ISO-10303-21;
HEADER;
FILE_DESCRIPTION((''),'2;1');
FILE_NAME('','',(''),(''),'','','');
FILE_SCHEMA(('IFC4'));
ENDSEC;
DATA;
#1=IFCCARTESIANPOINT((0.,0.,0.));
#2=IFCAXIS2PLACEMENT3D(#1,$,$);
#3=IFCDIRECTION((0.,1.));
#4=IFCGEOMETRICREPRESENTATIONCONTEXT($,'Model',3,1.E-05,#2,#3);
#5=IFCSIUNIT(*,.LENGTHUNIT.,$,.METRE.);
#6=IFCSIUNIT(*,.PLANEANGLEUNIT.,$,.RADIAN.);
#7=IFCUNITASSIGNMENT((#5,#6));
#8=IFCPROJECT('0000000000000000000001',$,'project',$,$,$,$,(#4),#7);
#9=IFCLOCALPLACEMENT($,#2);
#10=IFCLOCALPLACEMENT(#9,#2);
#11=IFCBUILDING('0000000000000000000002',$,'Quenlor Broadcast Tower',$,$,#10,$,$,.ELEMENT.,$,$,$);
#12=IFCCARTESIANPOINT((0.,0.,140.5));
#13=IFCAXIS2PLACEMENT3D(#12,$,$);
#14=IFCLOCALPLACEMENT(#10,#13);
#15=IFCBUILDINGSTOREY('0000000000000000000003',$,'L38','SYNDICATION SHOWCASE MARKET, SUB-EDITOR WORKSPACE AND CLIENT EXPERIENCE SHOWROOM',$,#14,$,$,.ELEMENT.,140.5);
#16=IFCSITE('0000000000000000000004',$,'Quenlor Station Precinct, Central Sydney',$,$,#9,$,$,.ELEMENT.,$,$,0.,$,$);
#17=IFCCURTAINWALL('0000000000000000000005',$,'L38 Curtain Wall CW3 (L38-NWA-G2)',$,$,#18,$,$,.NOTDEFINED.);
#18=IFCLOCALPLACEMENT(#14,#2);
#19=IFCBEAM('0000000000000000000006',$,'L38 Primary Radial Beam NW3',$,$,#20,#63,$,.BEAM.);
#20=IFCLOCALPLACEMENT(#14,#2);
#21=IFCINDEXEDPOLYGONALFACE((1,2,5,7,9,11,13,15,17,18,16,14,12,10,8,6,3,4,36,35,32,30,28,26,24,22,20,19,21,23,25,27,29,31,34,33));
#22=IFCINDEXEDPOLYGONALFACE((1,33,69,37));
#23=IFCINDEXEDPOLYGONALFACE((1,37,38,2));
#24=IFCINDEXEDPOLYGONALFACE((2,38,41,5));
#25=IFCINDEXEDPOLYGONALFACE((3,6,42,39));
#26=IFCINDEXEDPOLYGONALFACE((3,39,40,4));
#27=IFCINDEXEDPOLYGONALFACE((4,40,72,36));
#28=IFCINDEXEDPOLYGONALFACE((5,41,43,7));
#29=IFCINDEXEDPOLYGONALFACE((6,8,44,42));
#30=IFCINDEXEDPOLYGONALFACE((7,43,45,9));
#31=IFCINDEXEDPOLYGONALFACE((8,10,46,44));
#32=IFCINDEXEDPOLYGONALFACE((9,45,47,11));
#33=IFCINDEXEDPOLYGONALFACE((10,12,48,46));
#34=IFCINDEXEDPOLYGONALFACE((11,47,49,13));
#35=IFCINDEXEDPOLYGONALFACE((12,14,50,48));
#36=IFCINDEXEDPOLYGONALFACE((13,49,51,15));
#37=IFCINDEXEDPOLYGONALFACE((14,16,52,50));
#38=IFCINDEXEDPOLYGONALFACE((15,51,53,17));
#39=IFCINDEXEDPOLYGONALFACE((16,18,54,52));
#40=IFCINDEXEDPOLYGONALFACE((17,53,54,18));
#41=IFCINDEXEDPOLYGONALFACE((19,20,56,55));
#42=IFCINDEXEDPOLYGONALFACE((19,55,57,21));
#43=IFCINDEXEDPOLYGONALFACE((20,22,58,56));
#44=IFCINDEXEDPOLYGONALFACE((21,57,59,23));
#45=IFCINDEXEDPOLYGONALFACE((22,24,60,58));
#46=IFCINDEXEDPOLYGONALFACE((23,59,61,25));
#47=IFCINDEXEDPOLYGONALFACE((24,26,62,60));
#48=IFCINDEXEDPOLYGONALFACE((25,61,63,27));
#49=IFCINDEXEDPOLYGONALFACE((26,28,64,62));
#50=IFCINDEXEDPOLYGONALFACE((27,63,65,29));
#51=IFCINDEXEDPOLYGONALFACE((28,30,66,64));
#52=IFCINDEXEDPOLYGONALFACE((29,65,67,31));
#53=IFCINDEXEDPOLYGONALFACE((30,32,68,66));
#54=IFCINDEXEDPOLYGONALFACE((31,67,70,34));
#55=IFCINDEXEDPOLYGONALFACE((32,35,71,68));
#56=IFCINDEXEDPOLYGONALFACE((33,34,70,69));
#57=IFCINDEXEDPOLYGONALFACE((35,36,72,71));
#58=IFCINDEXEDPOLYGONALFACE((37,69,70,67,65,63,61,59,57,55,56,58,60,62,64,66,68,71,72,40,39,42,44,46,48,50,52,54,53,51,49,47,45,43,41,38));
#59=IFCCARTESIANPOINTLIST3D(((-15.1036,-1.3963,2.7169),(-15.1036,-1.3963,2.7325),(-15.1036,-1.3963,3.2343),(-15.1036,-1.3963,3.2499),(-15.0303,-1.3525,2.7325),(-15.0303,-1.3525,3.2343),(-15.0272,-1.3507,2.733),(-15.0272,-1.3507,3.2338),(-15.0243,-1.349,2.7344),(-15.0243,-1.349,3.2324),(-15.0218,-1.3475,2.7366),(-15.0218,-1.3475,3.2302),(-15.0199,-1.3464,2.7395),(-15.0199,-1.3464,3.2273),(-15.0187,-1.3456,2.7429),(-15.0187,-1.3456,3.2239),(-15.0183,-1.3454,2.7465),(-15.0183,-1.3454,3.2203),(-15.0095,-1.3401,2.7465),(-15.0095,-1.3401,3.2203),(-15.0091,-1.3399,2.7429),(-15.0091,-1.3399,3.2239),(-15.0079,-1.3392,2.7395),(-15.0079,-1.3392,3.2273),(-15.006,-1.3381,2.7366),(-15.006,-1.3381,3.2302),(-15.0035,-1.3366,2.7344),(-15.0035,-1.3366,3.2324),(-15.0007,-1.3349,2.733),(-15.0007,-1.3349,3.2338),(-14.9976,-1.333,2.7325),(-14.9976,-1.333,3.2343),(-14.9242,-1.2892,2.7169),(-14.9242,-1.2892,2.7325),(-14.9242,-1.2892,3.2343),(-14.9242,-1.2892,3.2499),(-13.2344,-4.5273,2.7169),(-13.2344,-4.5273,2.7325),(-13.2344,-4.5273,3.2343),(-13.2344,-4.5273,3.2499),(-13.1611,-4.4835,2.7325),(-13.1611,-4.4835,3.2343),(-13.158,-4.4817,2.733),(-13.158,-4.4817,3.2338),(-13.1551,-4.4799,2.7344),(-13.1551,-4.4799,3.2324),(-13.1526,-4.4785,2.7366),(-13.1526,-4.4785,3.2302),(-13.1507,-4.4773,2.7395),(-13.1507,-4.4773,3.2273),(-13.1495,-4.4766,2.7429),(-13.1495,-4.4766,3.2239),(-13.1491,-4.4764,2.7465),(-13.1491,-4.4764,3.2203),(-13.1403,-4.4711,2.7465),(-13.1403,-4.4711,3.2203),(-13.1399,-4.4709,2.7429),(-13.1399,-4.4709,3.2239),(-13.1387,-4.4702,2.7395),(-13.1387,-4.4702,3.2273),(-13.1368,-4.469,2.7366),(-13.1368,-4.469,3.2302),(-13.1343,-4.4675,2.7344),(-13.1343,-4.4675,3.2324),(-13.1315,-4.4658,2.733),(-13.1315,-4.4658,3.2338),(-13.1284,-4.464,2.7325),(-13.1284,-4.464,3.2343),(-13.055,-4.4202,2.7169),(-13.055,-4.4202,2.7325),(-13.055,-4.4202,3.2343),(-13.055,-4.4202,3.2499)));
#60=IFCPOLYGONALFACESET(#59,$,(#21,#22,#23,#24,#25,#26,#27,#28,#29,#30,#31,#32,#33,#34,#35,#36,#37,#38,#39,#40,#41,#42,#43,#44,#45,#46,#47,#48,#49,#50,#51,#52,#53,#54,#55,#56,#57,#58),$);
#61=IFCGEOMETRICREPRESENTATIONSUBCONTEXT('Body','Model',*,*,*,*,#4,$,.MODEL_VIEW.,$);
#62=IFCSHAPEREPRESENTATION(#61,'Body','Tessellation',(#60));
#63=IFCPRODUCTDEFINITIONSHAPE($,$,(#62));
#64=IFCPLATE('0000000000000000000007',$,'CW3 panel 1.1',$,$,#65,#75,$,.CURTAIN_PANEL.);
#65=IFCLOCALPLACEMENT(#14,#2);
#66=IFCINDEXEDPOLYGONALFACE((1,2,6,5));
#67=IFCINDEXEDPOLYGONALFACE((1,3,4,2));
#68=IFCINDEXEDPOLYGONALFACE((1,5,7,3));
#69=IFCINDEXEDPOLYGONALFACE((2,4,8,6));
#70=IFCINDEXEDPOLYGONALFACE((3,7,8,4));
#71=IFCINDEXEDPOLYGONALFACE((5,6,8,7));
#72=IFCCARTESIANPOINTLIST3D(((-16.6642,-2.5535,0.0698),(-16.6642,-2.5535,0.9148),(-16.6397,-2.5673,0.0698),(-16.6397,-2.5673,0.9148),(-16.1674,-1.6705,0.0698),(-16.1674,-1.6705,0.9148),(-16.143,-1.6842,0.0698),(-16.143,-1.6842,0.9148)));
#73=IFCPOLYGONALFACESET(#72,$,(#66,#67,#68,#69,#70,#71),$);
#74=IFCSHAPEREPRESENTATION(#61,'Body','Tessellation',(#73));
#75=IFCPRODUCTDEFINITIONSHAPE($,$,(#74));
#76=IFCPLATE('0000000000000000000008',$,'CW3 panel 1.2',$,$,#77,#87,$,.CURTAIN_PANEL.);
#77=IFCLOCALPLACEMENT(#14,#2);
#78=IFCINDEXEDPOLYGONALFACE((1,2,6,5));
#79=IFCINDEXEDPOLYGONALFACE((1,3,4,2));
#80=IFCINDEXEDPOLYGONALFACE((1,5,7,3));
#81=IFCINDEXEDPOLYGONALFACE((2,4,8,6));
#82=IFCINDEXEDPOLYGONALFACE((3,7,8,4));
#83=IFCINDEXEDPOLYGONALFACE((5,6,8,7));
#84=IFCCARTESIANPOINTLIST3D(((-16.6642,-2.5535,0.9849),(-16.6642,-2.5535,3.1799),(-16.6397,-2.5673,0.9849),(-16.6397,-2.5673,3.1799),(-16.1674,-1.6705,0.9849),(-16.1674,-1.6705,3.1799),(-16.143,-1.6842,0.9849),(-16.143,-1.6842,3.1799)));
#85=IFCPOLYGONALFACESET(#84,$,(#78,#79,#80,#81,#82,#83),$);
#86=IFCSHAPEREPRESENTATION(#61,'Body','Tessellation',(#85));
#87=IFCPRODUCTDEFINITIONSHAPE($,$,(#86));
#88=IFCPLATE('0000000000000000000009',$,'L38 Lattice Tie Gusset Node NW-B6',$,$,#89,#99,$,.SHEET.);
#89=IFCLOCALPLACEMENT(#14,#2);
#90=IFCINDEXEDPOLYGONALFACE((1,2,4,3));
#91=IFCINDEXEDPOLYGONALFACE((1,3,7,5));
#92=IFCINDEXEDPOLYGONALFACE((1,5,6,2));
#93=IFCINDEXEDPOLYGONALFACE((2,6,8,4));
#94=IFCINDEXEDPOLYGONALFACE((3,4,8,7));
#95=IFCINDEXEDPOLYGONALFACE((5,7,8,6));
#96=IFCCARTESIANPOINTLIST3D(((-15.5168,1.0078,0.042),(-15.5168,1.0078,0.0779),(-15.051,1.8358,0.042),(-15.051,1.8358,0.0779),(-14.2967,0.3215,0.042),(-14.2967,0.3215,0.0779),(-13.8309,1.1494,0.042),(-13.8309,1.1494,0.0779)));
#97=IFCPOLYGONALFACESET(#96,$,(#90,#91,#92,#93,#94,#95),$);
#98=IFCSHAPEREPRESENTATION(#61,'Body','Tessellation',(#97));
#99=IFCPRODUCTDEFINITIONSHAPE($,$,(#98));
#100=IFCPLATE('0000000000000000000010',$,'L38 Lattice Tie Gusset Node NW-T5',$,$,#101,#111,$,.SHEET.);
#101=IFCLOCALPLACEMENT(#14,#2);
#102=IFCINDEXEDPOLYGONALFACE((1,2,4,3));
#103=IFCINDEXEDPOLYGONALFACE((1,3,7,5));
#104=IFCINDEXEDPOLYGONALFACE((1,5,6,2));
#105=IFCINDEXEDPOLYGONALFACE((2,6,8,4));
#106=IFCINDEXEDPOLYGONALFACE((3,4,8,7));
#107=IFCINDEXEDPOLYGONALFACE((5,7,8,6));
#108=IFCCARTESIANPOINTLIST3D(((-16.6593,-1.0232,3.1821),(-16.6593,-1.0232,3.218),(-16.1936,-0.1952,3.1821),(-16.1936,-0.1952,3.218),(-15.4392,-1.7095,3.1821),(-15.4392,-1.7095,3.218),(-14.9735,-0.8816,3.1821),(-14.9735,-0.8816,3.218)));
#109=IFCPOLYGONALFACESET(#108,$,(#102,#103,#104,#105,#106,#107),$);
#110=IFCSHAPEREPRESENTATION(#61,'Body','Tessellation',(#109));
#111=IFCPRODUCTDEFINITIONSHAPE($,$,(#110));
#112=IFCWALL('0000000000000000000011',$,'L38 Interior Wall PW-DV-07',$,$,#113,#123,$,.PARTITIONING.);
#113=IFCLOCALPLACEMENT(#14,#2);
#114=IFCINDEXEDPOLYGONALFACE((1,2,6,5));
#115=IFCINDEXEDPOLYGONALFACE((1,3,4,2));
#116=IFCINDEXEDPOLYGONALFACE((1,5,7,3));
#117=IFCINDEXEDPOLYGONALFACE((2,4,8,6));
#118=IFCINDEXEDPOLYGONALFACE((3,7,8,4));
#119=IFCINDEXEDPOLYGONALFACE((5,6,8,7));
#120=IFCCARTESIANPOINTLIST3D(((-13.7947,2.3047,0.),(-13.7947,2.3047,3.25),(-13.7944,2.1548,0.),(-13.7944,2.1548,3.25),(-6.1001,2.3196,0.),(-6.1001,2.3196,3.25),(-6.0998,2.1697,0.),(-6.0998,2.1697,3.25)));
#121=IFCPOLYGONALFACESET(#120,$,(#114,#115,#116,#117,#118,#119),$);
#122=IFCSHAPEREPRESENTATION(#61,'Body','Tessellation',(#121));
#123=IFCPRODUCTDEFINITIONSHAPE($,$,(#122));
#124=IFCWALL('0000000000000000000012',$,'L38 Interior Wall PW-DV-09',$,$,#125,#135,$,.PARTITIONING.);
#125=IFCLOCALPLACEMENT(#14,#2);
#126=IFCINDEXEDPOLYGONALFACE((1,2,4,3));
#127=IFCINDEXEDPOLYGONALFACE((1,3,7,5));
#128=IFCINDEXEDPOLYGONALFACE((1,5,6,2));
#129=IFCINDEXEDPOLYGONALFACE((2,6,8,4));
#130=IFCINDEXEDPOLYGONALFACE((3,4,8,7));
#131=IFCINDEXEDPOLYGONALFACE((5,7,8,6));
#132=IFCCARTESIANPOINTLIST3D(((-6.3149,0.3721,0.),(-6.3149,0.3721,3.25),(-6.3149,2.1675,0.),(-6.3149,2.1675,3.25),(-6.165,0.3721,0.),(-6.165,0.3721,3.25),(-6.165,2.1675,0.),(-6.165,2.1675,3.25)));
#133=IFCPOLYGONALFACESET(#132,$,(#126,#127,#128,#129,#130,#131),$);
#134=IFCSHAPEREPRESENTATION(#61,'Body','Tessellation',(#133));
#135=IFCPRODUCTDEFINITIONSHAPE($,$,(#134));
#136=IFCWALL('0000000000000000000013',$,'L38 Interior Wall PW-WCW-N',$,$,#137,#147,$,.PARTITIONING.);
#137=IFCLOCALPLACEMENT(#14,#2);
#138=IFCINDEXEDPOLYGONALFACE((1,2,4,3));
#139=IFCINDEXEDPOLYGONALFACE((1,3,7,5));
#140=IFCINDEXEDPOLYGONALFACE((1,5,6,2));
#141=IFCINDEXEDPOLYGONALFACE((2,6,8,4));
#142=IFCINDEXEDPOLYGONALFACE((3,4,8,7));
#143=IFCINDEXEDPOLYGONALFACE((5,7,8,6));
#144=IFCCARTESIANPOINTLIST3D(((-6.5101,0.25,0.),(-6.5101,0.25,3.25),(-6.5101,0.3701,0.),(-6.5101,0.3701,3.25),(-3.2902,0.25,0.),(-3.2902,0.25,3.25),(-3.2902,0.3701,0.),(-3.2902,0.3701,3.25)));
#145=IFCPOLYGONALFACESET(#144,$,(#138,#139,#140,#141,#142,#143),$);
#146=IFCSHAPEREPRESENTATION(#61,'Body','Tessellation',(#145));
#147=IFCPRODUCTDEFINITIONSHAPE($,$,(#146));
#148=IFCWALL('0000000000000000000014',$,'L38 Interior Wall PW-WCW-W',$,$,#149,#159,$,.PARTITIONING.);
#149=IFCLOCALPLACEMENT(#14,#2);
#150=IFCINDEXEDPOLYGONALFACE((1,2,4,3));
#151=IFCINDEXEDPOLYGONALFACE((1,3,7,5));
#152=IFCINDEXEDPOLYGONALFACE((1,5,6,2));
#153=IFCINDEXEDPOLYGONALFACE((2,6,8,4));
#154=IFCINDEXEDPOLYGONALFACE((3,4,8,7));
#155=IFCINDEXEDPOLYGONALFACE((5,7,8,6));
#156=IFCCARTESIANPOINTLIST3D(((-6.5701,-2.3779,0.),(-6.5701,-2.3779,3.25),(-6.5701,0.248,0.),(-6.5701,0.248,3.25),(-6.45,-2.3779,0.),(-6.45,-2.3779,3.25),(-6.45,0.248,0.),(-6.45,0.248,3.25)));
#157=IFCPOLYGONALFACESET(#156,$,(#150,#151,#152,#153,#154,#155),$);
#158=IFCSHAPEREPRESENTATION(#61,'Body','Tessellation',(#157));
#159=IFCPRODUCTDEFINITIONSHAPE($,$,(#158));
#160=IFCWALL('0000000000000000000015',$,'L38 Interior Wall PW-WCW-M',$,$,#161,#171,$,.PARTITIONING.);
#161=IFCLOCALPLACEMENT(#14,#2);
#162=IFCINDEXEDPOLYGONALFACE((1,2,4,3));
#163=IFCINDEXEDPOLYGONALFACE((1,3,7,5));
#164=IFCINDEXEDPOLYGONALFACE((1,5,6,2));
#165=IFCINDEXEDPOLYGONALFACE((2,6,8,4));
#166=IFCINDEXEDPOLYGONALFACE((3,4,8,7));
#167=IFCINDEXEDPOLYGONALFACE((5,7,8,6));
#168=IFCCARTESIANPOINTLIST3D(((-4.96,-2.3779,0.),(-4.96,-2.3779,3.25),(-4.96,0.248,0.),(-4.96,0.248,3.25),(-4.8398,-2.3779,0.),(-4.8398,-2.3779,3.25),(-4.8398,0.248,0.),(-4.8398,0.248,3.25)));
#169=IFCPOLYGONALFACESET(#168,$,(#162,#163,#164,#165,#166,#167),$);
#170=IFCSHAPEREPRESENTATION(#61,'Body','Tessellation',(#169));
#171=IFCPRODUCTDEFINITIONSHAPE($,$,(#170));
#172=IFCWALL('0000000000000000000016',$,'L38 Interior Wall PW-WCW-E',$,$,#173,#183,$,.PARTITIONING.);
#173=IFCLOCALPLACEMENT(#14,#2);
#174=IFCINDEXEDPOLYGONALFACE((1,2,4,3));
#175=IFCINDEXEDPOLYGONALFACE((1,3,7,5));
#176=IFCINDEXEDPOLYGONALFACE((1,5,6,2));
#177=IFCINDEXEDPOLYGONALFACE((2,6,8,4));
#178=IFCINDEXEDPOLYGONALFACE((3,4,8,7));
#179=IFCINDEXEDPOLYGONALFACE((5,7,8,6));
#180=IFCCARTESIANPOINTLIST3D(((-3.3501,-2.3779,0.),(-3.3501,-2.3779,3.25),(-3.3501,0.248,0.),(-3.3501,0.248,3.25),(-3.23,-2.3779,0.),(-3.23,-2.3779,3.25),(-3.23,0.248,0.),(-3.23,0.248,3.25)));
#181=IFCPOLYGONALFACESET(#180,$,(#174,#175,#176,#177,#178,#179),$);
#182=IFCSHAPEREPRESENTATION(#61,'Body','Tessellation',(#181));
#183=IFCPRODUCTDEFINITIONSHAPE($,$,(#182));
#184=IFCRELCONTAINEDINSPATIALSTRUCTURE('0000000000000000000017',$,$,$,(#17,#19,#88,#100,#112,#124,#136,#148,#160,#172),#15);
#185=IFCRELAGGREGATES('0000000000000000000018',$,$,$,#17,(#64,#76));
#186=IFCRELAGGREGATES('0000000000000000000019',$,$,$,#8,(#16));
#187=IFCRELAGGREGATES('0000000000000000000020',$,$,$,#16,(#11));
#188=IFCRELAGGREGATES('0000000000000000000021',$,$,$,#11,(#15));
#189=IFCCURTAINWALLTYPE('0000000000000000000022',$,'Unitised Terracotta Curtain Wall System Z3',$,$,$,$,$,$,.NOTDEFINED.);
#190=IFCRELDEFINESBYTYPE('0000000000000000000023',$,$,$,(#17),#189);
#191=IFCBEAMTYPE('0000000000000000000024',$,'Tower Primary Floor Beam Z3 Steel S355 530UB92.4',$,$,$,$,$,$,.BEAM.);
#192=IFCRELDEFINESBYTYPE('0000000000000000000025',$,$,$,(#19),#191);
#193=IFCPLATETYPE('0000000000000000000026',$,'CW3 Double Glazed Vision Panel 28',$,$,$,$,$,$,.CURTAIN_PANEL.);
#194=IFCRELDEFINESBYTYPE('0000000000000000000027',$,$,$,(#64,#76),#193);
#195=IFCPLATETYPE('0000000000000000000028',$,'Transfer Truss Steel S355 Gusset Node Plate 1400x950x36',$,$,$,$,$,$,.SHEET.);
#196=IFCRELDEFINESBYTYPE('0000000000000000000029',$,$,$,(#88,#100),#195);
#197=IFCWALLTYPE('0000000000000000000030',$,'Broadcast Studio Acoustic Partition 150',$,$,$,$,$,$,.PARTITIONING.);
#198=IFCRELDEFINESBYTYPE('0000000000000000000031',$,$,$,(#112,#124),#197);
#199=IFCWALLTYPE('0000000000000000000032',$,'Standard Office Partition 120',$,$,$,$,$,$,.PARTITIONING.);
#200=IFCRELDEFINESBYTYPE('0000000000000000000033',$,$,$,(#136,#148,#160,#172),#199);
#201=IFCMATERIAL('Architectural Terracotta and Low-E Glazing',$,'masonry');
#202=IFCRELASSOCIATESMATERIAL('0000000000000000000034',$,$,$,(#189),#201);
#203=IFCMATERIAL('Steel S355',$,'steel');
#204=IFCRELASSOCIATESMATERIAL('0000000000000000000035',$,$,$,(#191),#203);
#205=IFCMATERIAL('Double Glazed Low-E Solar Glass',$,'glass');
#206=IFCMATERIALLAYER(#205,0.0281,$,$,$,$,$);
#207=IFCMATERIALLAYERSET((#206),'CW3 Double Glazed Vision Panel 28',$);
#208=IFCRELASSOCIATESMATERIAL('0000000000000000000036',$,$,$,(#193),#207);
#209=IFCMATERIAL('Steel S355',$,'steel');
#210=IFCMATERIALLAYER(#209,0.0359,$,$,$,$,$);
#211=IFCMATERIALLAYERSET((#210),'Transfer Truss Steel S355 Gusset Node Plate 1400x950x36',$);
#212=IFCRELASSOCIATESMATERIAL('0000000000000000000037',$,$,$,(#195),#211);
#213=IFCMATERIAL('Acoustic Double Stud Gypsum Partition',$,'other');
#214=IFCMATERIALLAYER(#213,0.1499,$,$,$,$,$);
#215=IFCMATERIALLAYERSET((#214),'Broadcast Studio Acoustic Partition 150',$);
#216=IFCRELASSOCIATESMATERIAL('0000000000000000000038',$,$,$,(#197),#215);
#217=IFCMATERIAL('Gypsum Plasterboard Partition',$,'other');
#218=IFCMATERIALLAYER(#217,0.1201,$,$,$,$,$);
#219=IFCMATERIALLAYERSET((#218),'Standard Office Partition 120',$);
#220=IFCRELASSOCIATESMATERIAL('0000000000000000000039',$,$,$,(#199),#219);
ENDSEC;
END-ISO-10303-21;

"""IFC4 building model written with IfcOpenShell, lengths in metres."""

from ifc_helpers import new_model, si_unit, direction, frame, frame_2d, origin, origin_2d, place, context, subcontext, project, spatial, rectangle, i_section, extrude, material, layer, layer_set, material_profile, profile_set, type_object, element, aggregate, save


model = new_model("IFC4")

# Units and contexts
model_context = context("Model", 3, precision=1e-05, world=origin(), true_north=direction((0.0, 1.0)))
body_context = subcontext(model_context, "Body", "Model", "MODEL_VIEW")
ifc_project = project(units=[si_unit("LENGTHUNIT", "METRE"), si_unit("PLANEANGLEUNIT", "RADIAN")], contexts=[model_context])

# Site, building, storey
site_placement = place(None, origin())
site = spatial("IfcSite", under=ifc_project, at=site_placement, Name="Quenlor Station Precinct, Central Sydney", CompositionType="ELEMENT", RefElevation=0.0)
building_placement = place(site_placement, origin())
building = spatial("IfcBuilding", under=site, at=building_placement, Name="Quenlor Broadcast Tower", CompositionType="ELEMENT")
storey_placement = place(building_placement, frame((0.0, 0.0, 140.5)))
storey = spatial("IfcBuildingStorey", under=building, at=storey_placement, Name="L38", Description="SYNDICATION SHOWCASE MARKET, SUB-EDITOR WORKSPACE AND CLIENT EXPERIENCE SHOWROOM", CompositionType="ELEMENT", Elevation=140.5)

# Curtain wall
ifc_material_1 = material(Name="Architectural Terracotta and Low-E Glazing", Category="masonry")
curtain_wall_type = type_object("IfcCurtainWallType", Name="Unitised Terracotta Curtain Wall System Z3", PredefinedType="NOTDEFINED", material=ifc_material_1)
curtain_wall_placement = place(storey_placement, origin())
curtain_wall = element("IfcCurtainWall", 1, at=curtain_wall_placement, inside=storey, type_object=curtain_wall_type, Name="L38 Curtain Wall CW3 (L38-NWA-G2)", PredefinedType="NOTDEFINED")

# Beam
ifc_material_2 = material(Name="Steel S355", Category="steel")
ifc_material_profile_1 = material_profile(ifc_material_2, i_section(OverallWidth=0.209, OverallDepth=0.533, WebThickness=0.0103, FlangeThickness=0.0156, FilletRadius=0.0139, at=origin_2d()))
ifc_profile_set_1 = profile_set([ifc_material_profile_1], Name="Steel S355 530UB92.4")
beam_type_1 = type_object("IfcBeamType", Name="Tower Primary Floor Beam Z3 Steel S355 530UB92.4", PredefinedType="BEAM", material=ifc_profile_set_1)
beam_1_placement = place(storey_placement, frame((-15.0139, -1.3428, 2.9834), z_axis=(0.512604, -0.858625, 0.0), x_axis=(0.858625, 0.512604, 0.0)))
element("IfcBeam", 2, at=beam_1_placement, inside=storey, type_object=beam_type_1, Name="L38 Primary Radial Beam NW3", PredefinedType="BEAM", context=body_context, shape_type="SweptSolid", body=[
    extrude(i_section(OverallWidth=0.209, OverallDepth=0.533, WebThickness=0.0103, FlangeThickness=0.0156, FilletRadius=0.0139, at=origin_2d()), origin(), (0.0, 0.0, 1.0), 3.6465),
])

# Plates
ifc_material_3 = material(Name="Double Glazed Low-E Solar Glass", Category="glass")
ifc_layer_1 = layer(ifc_material_3, 0.0281)
ifc_layer_set_1 = layer_set([ifc_layer_1], Name="CW3 Double Glazed Vision Panel 28")
plate_type_1 = type_object("IfcPlateType", Name="CW3 Double Glazed Vision Panel 28", PredefinedType="CURTAIN_PANEL", material=ifc_layer_set_1)
plate_1_placement = place(storey_placement, frame((-16.4036, -2.1189, 0.0698), z_axis=(0.0, 0.0, 1.0), x_axis=(0.490253, 0.87158, 0.0)))
plate_1 = element("IfcPlate", 3, at=plate_1_placement, type_object=plate_type_1, Name="CW3 panel 1.1", PredefinedType="CURTAIN_PANEL", context=body_context, shape_type="SweptSolid", body=[
    extrude(rectangle(XDim=1.0132, YDim=0.0281, at=origin_2d()), origin(), (0.0, 0.0, 1.0), 0.845),
])
plate_2_placement = place(storey_placement, frame((-16.4036, -2.1189, 0.9849), z_axis=(0.0, 0.0, 1.0), x_axis=(0.490253, 0.87158, 0.0)))
plate_2 = element("IfcPlate", 4, at=plate_2_placement, type_object=plate_type_1, Name="CW3 panel 1.2", PredefinedType="CURTAIN_PANEL", context=body_context, shape_type="SweptSolid", body=[
    extrude(rectangle(XDim=1.0132, YDim=0.0281, at=origin_2d()), origin(), (0.0, 0.0, 1.0), 2.1951),
])
aggregate(curtain_wall, [plate_1, plate_2])

# Plates
ifc_material_4 = material(Name="Steel S355", Category="steel")
ifc_layer_2 = layer(ifc_material_4, 0.0359)
ifc_layer_set_2 = layer_set([ifc_layer_2], Name="Transfer Truss Steel S355 Gusset Node Plate 1400x950x36")
plate_type_2 = type_object("IfcPlateType", Name="Transfer Truss Steel S355 Gusset Node Plate 1400x950x36", PredefinedType="SHEET", material=ifc_layer_set_2)
for number, where, z_axis, x_axis, name in (
    (5, (-14.6738, 1.0786, 0.042), (0.0, 0.0, 1.0), (-0.871556, 0.490295, 0.0), "L38 Lattice Tie Gusset Node NW-B6"),
    (6, (-15.8164, -0.9524, 3.1821), (0.0, 0.0, 1.0), (-0.871556, 0.490295, 0.0), "L38 Lattice Tie Gusset Node NW-T5"),
):
    element("IfcPlate", number, at=place(storey_placement, frame(where, z_axis=z_axis, x_axis=x_axis)), inside=storey, type_object=plate_type_2, Name=name, PredefinedType="SHEET", context=body_context, shape_type="SweptSolid", body=[
        extrude(rectangle(XDim=1.3999, YDim=0.95, at=origin_2d()), origin(), (0.0, 0.0, 1.0), 0.0359),
    ])

# Walls
ifc_material_5 = material(Name="Acoustic Double Stud Gypsum Partition", Category="other")
ifc_layer_3 = layer(ifc_material_5, 0.1499)
ifc_layer_set_3 = layer_set([ifc_layer_3], Name="Broadcast Studio Acoustic Partition 150")
wall_type_1 = type_object("IfcWallType", Name="Broadcast Studio Acoustic Partition 150", PredefinedType="PARTITIONING", material=ifc_layer_set_3)
wall_1_placement = place(storey_placement, frame((-6.1001, 2.2446, 0.0), z_axis=(0.0, 0.0, 1.0), x_axis=(-0.999998, -0.001935, 0.0)))
element("IfcWall", 7, at=wall_1_placement, inside=storey, type_object=wall_type_1, Name="L38 Interior Wall PW-DV-07", PredefinedType="PARTITIONING", context=body_context, shape_type="SweptSolid", body=[
    extrude(rectangle(XDim=7.6946, YDim=0.1499, at=frame_2d((3.8472, 0.0))), origin(), (0.0, 0.0, 1.0), 3.25),
])
wall_2_placement = place(storey_placement, frame((-6.24, 0.3721, 0.0), z_axis=(0.0, 0.0, 1.0), x_axis=(0.0, 1.0, 0.0)))
element("IfcWall", 8, at=wall_2_placement, inside=storey, type_object=wall_type_1, Name="L38 Interior Wall PW-DV-09", PredefinedType="PARTITIONING", context=body_context, shape_type="SweptSolid", body=[
    extrude(rectangle(XDim=1.7954, YDim=0.1499, at=frame_2d((0.8977, 0.0))), origin(), (0.0, 0.0, 1.0), 3.25),
])

# Shared definitions
ifc_material_6 = material(Name="Gypsum Plasterboard Partition", Category="other")
ifc_layer_4 = layer(ifc_material_6, 0.1201)
ifc_layer_set_4 = layer_set([ifc_layer_4], Name="Standard Office Partition 120")
wall_type_2 = type_object("IfcWallType", Name="Standard Office Partition 120", PredefinedType="PARTITIONING", material=ifc_layer_set_4)

# Walls
wall_3_placement = place(storey_placement, frame((-6.51, 0.3101, 0.0), z_axis=(0.0, 0.0, 1.0), x_axis=(1.0, 0.0, 0.0)))
element("IfcWall", 9, at=wall_3_placement, inside=storey, type_object=wall_type_2, Name="L38 Interior Wall PW-WCW-N", PredefinedType="PARTITIONING", context=body_context, shape_type="SweptSolid", body=[
    extrude(rectangle(XDim=3.22, YDim=0.1201, at=frame_2d((1.6099, 0.0))), origin(), (0.0, 0.0, 1.0), 3.25),
])
for number, where, z_axis, x_axis, name in (
    (10, (-6.51, -2.3779, 0.0), (0.0, 0.0, 1.0), (0.0, 1.0, 0.0), "L38 Interior Wall PW-WCW-W"),
    (11, (-4.8999, -2.3779, 0.0), (0.0, 0.0, 1.0), (0.0, 1.0, 0.0), "L38 Interior Wall PW-WCW-M"),
    (12, (-3.29, -2.3779, 0.0), (0.0, 0.0, 1.0), (0.0, 1.0, 0.0), "L38 Interior Wall PW-WCW-E"),
):
    element("IfcWall", number, at=place(storey_placement, frame(where, z_axis=z_axis, x_axis=x_axis)), inside=storey, type_object=wall_type_2, Name=name, PredefinedType="PARTITIONING", context=body_context, shape_type="SweptSolid", body=[
        extrude(rectangle(XDim=2.626, YDim=0.1201, at=frame_2d((1.313, 0.0))), origin(), (0.0, 0.0, 1.0), 3.25),
    ])

save(model, "model.ifc")
